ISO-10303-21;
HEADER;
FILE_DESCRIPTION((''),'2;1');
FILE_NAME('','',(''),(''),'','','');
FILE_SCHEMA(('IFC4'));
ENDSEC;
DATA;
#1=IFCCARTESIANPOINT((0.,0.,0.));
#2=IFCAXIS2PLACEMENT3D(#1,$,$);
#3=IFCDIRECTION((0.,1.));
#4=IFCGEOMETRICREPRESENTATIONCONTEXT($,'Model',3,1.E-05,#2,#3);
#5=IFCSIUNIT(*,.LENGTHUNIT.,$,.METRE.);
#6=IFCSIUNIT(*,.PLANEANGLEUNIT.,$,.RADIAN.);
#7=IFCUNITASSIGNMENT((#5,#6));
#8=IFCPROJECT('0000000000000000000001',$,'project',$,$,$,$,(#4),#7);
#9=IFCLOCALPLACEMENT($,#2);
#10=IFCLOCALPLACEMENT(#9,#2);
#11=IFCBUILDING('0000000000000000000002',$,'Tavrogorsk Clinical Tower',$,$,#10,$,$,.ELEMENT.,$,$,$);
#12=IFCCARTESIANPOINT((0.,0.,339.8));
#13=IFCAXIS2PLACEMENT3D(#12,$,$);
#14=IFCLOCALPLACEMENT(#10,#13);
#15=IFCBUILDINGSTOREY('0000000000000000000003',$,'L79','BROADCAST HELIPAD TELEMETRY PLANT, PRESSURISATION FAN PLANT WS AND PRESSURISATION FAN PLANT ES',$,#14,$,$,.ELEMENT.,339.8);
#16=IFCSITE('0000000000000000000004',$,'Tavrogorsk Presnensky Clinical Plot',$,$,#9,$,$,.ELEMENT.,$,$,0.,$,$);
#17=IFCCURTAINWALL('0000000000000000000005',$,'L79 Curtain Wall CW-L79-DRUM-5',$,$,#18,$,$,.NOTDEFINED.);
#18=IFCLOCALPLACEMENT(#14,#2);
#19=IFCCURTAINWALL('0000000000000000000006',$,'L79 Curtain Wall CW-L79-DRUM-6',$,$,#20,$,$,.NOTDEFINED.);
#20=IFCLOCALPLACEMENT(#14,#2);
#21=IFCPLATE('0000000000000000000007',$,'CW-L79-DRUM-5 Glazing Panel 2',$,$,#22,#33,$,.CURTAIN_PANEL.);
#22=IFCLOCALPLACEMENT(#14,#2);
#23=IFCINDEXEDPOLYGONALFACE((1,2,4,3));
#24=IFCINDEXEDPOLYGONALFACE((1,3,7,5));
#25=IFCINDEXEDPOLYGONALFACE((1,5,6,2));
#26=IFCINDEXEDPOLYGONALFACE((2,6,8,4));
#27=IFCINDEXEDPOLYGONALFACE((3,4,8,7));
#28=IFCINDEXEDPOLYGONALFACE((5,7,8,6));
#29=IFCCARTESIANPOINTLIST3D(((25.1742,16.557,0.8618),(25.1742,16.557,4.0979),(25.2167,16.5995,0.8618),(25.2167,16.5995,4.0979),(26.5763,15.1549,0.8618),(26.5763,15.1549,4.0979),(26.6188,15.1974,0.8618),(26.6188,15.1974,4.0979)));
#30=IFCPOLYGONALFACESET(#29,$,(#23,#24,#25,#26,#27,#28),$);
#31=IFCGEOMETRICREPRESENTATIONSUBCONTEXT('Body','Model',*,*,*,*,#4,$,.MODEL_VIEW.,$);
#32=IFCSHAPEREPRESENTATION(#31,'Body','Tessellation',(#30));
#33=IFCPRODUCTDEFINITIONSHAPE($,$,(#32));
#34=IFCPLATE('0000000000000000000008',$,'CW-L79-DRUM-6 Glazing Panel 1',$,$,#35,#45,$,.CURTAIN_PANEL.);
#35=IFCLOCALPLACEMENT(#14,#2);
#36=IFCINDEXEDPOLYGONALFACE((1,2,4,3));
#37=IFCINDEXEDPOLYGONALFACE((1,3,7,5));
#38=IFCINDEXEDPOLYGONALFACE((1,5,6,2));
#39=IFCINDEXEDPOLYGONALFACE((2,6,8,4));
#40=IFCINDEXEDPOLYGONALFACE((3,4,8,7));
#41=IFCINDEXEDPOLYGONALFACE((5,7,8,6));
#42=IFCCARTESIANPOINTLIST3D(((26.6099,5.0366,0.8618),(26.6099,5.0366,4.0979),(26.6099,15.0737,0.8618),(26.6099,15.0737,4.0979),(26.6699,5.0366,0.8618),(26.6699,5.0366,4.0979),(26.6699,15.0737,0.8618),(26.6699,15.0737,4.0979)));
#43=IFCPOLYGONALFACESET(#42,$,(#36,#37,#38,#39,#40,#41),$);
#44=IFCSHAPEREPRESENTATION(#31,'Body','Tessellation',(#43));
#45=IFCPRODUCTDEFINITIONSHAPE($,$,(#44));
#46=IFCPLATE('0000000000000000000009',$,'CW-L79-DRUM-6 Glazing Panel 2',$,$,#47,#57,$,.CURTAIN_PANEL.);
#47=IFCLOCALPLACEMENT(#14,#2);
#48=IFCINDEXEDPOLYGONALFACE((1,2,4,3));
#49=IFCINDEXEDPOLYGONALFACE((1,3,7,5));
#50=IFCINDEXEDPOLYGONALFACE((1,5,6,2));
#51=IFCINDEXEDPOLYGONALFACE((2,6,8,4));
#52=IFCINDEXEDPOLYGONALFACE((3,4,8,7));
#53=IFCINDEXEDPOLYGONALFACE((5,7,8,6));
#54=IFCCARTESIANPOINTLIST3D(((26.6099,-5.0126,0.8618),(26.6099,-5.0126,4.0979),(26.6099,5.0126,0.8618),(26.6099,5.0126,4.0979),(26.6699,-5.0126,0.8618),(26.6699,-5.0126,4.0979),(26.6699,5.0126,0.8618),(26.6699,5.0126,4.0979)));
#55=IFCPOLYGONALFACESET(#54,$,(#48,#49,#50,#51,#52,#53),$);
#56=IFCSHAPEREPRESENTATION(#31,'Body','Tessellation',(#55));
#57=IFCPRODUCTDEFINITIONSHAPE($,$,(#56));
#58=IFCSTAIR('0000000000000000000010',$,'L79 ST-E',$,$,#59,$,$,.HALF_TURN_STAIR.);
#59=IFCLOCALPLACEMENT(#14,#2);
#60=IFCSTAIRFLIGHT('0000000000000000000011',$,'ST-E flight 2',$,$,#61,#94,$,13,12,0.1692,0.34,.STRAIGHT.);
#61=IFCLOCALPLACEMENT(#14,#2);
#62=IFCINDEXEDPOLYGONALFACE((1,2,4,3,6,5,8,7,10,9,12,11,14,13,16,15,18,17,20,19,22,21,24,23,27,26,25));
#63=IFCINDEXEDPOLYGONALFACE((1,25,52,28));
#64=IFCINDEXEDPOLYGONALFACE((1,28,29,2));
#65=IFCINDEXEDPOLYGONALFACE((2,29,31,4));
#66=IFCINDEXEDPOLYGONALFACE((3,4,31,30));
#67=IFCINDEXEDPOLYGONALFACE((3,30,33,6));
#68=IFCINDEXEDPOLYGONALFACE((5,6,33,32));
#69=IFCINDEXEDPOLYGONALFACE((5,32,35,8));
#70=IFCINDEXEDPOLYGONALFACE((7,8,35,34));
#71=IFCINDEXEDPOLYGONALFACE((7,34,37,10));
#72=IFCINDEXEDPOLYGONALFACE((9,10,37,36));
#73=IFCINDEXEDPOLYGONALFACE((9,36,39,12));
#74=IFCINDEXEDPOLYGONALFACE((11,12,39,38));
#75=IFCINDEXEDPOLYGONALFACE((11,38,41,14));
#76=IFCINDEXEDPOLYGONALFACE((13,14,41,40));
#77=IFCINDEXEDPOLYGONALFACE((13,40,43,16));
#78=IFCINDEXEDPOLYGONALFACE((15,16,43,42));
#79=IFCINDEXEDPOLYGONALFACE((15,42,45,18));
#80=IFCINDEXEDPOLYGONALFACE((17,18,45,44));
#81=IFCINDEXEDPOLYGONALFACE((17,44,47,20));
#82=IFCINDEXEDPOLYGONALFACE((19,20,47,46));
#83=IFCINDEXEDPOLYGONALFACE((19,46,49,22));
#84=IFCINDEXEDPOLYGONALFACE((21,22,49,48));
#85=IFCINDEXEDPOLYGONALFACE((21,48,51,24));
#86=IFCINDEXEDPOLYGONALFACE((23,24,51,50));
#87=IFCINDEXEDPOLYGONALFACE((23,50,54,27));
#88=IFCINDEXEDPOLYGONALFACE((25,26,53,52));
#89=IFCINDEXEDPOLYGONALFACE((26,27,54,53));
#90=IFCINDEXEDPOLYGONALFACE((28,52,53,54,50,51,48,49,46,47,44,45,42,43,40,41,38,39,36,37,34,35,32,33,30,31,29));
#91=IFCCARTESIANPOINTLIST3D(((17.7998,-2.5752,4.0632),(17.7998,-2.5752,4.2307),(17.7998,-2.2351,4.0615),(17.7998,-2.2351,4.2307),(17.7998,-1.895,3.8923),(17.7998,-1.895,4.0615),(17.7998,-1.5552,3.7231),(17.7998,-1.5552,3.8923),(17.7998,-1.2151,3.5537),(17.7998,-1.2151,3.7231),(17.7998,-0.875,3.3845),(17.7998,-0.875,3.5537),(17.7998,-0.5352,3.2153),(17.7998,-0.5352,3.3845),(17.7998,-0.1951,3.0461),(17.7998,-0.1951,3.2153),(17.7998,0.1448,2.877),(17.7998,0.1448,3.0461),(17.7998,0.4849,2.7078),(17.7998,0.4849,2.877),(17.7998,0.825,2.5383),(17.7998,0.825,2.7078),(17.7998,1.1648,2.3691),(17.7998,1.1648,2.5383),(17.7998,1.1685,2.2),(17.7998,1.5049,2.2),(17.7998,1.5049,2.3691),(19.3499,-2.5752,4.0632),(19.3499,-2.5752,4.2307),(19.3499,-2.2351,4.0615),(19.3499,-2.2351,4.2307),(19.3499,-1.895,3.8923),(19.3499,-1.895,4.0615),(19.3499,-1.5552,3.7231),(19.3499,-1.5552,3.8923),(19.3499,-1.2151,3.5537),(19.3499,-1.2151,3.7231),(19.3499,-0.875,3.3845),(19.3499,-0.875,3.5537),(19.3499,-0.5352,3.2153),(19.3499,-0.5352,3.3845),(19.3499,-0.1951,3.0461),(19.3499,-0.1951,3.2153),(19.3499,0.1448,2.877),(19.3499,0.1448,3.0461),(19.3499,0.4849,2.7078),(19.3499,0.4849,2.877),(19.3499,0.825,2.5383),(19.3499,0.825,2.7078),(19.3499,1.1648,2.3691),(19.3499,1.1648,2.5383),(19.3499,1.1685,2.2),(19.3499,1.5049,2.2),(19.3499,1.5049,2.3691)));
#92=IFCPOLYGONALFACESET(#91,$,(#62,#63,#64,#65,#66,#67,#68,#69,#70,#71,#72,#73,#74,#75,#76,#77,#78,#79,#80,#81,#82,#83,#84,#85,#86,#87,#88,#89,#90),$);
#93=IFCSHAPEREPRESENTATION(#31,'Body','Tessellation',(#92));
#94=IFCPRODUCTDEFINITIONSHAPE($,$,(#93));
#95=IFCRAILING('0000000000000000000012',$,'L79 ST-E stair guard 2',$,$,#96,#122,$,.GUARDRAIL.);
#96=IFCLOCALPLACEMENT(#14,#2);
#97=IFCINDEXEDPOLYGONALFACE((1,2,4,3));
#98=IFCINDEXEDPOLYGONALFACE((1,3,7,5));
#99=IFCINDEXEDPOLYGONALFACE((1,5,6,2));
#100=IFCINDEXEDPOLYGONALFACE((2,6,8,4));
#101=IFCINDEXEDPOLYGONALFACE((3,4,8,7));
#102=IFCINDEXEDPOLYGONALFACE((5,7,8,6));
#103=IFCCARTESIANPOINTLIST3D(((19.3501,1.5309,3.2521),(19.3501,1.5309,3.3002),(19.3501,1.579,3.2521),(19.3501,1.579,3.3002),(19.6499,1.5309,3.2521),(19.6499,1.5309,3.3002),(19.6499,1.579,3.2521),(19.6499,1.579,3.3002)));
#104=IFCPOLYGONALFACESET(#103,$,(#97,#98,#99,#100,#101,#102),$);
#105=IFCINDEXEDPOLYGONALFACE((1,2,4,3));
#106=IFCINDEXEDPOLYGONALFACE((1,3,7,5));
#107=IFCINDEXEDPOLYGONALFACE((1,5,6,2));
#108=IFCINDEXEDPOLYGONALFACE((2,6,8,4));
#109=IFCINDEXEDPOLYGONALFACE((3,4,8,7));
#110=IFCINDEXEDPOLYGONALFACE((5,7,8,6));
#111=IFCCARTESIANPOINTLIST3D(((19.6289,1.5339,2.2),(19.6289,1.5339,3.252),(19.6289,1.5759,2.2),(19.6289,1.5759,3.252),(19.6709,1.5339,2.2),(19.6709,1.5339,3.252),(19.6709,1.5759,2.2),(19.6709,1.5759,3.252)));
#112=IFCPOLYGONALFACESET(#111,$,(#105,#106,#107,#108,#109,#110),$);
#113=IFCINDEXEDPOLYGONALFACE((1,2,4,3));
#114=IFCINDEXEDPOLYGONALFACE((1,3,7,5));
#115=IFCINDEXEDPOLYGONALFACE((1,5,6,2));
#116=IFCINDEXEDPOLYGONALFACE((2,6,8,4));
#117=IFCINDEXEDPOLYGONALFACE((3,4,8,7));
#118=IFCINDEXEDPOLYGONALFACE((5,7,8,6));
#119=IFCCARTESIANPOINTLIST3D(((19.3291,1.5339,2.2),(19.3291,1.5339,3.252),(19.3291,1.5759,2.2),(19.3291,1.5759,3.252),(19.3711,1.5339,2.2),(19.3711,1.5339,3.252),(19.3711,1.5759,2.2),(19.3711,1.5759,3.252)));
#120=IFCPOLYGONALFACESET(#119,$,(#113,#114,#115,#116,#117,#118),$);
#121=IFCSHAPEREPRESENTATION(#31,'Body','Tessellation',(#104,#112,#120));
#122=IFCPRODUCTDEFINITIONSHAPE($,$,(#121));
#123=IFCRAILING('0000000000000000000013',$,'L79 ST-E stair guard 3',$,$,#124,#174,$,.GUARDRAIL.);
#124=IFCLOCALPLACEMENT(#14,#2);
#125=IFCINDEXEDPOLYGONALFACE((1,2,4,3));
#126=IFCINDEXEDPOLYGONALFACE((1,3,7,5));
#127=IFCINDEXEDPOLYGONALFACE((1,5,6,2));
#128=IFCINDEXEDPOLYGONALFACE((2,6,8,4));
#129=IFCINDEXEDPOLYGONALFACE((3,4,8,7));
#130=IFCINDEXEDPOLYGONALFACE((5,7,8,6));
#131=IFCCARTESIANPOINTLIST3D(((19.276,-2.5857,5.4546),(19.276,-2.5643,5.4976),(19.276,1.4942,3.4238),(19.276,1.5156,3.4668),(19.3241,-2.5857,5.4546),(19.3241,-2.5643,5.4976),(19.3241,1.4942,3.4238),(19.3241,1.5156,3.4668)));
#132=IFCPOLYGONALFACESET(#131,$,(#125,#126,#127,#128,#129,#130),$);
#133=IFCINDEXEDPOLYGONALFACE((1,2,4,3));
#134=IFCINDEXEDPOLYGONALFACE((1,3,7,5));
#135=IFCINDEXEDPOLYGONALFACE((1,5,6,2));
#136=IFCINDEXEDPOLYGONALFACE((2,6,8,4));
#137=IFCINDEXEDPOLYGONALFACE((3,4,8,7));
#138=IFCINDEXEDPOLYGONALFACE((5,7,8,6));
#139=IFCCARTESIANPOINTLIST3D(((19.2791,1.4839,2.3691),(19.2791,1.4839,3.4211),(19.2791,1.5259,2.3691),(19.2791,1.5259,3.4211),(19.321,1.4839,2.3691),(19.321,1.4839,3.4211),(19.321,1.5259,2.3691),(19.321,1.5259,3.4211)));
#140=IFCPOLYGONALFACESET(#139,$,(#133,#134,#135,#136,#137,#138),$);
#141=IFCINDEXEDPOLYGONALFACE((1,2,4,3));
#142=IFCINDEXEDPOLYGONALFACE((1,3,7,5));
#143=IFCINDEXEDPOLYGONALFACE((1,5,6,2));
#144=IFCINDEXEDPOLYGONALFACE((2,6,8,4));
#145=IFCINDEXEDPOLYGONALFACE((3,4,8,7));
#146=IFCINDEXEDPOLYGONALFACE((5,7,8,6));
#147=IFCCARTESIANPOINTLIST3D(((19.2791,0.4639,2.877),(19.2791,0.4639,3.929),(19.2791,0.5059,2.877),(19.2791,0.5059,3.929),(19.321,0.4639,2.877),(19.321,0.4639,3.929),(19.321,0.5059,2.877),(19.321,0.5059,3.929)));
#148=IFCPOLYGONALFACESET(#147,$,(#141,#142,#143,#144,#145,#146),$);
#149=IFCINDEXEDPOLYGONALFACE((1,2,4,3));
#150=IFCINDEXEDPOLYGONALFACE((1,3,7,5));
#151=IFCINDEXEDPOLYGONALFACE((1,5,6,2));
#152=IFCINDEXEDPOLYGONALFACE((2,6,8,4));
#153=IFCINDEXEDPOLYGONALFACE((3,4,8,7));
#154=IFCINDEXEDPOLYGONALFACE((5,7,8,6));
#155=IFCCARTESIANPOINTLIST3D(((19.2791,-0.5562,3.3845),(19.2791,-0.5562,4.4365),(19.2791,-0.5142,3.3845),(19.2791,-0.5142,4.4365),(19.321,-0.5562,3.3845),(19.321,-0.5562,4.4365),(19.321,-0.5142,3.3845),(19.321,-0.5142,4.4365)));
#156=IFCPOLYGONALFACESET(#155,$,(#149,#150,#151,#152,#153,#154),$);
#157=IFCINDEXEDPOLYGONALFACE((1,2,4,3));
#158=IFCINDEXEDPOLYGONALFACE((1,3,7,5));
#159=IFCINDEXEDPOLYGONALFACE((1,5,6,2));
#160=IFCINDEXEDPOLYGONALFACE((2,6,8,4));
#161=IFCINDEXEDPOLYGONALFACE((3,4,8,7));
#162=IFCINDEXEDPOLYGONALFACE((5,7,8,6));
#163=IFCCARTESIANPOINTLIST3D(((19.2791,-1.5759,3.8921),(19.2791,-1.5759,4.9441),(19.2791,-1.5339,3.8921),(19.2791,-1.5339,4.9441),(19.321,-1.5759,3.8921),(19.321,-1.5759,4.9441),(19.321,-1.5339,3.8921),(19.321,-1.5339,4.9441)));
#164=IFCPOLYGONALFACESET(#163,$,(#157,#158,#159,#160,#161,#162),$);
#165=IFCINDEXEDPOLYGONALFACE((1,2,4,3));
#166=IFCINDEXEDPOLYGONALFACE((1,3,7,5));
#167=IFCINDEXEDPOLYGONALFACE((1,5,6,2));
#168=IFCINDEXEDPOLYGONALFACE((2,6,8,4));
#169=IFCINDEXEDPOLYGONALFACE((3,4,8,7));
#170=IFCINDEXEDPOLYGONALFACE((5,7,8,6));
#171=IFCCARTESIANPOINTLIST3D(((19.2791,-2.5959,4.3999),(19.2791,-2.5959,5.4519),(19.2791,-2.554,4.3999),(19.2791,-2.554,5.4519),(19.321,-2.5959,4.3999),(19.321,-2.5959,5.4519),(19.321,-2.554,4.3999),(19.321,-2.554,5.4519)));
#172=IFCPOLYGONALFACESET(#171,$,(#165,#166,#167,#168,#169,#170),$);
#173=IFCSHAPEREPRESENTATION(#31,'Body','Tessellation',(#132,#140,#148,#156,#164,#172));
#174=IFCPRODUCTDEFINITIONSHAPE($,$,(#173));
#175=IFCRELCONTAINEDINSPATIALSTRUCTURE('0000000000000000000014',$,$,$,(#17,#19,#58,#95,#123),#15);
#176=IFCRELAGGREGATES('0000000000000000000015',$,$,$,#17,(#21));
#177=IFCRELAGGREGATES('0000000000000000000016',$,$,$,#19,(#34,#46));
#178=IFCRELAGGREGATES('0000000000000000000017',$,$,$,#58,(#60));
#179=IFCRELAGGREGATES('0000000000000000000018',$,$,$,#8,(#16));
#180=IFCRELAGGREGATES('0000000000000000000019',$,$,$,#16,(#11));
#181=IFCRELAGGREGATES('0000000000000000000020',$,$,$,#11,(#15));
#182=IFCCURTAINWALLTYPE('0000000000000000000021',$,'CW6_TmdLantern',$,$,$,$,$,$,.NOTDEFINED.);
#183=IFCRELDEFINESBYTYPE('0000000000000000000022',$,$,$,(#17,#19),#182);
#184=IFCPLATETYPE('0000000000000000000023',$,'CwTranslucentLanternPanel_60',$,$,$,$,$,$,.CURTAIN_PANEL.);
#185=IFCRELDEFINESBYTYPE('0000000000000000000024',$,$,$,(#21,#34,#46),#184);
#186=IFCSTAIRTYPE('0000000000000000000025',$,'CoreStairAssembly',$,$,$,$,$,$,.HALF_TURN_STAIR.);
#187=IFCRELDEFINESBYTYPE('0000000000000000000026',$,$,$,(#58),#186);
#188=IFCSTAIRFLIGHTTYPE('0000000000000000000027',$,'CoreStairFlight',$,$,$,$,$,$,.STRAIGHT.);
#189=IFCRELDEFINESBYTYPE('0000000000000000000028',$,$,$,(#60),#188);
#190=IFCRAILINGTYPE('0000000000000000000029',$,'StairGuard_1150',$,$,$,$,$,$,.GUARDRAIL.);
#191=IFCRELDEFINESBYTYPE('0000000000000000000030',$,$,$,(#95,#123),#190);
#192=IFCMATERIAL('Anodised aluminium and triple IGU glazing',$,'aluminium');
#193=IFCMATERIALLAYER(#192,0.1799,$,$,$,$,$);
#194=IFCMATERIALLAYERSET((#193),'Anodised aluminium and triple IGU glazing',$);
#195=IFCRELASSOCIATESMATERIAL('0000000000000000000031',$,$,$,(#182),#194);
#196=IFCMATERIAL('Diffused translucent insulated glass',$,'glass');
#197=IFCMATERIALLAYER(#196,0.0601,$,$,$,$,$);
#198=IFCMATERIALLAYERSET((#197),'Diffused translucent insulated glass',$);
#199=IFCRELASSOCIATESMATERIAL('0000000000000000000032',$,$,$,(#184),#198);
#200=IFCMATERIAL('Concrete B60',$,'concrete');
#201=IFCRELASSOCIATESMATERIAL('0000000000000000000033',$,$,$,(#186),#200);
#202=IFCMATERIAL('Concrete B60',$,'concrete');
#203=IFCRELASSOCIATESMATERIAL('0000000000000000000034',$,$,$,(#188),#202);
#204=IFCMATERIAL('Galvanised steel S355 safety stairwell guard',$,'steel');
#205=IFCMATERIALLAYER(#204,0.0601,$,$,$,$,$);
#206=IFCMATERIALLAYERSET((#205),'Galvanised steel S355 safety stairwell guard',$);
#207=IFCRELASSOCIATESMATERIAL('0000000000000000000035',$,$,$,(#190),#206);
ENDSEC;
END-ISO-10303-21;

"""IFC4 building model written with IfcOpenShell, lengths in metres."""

from ifc_helpers import new_model, si_unit, direction, frame, origin, origin_2d, place, context, subcontext, project, spatial, polyline, rectangle, outline, extrude, material, layer, layer_set, type_object, element, aggregate, save


model = new_model("IFC4")

# Units and contexts
model_context = context("Model", 3, precision=1e-05, world=origin(), true_north=direction((0.0, 1.0)))
body_context = subcontext(model_context, "Body", "Model", "MODEL_VIEW")
ifc_project = project(units=[si_unit("LENGTHUNIT", "METRE"), si_unit("PLANEANGLEUNIT", "RADIAN")], contexts=[model_context])

# Site, building, storey
site_placement = place(None, origin())
site = spatial("IfcSite", under=ifc_project, at=site_placement, Name="Tavrogorsk Presnensky Clinical Plot", CompositionType="ELEMENT", RefElevation=0.0)
building_placement = place(site_placement, origin())
building = spatial("IfcBuilding", under=site, at=building_placement, Name="Tavrogorsk Clinical Tower", CompositionType="ELEMENT")
storey_placement = place(building_placement, frame((0.0, 0.0, 339.8)))
storey = spatial("IfcBuildingStorey", under=building, at=storey_placement, Name="L79", Description="BROADCAST HELIPAD TELEMETRY PLANT, PRESSURISATION FAN PLANT WS AND PRESSURISATION FAN PLANT ES", CompositionType="ELEMENT", Elevation=339.8)

# Shared definitions
ifc_material_1 = material(Name="Anodised aluminium and triple IGU glazing", Category="aluminium")
ifc_layer_1 = layer(ifc_material_1, 0.1799)
ifc_layer_set_1 = layer_set([ifc_layer_1], Name="Anodised aluminium and triple IGU glazing")
curtain_wall_type = type_object("IfcCurtainWallType", Name="CW6_TmdLantern", PredefinedType="NOTDEFINED", material=ifc_layer_set_1)

# Curtain walls
curtain_wall_1_placement = place(storey_placement, origin())
curtain_wall_1 = element("IfcCurtainWall", 1, at=curtain_wall_1_placement, inside=storey, type_object=curtain_wall_type, Name="L79 Curtain Wall CW-L79-DRUM-5", PredefinedType="NOTDEFINED")
curtain_wall_2_placement = place(storey_placement, origin())
curtain_wall_2 = element("IfcCurtainWall", 2, at=curtain_wall_2_placement, inside=storey, type_object=curtain_wall_type, Name="L79 Curtain Wall CW-L79-DRUM-6", PredefinedType="NOTDEFINED")

# Plates
ifc_material_2 = material(Name="Diffused translucent insulated glass", Category="glass")
ifc_layer_2 = layer(ifc_material_2, 0.0601)
ifc_layer_set_2 = layer_set([ifc_layer_2], Name="Diffused translucent insulated glass")
plate_type_1 = type_object("IfcPlateType", Name="CwTranslucentLanternPanel_60", PredefinedType="CURTAIN_PANEL", material=ifc_layer_set_2)
plate_1_placement = place(storey_placement, frame((25.8965, 15.8772, 0.8618), z_axis=(0.0, 0.0, 1.0), x_axis=(0.707107, -0.707107, 0.0)))
plate_1 = element("IfcPlate", 3, at=plate_1_placement, type_object=plate_type_1, Name="CW-L79-DRUM-5 Glazing Panel 2", PredefinedType="CURTAIN_PANEL", context=body_context, shape_type="SweptSolid", body=[
    extrude(rectangle(XDim=1.9829, YDim=0.0601, at=origin_2d()), origin(), (0.0, 0.0, 1.0), 3.2361),
])
aggregate(curtain_wall_1, [plate_1])
plate_2_placement = place(storey_placement, frame((26.6399, 10.0552, 0.8618), z_axis=(0.0, 0.0, 1.0), x_axis=(0.0, -1.0, 0.0)))
plate_2 = element("IfcPlate", 4, at=plate_2_placement, type_object=plate_type_1, Name="CW-L79-DRUM-6 Glazing Panel 1", PredefinedType="CURTAIN_PANEL", context=body_context, shape_type="SweptSolid", body=[
    extrude(rectangle(XDim=10.0371, YDim=0.0601, at=origin_2d()), origin(), (0.0, 0.0, 1.0), 3.2361),
])
plate_3_placement = place(storey_placement, frame((26.6399, 0.0, 0.8618), z_axis=(0.0, 0.0, 1.0), x_axis=(0.0, -1.0, 0.0)))
plate_3 = element("IfcPlate", 5, at=plate_3_placement, type_object=plate_type_1, Name="CW-L79-DRUM-6 Glazing Panel 2", PredefinedType="CURTAIN_PANEL", context=body_context, shape_type="SweptSolid", body=[
    extrude(rectangle(XDim=10.0251, YDim=0.0601, at=origin_2d()), origin(), (0.0, 0.0, 1.0), 3.2361),
])
aggregate(curtain_wall_2, [plate_2, plate_3])

# Stair, stair flight
ifc_material_3 = material(Name="Concrete B60", Category="concrete")
stair_type = type_object("IfcStairType", Name="CoreStairAssembly", PredefinedType="HALF_TURN_STAIR", material=ifc_material_3)
stair_placement = place(storey_placement, origin())
stair = element("IfcStair", 6, at=stair_placement, inside=storey, type_object=stair_type, Name="L79 ST-E", PredefinedType="HALF_TURN_STAIR")
ifc_material_4 = material(Name="Concrete B60", Category="concrete")
stair_flight_type = type_object("IfcStairFlightType", Name="CoreStairFlight", PredefinedType="STRAIGHT", material=ifc_material_4)
stair_flight_placement = place(storey_placement, frame((18.575, 1.5049, 2.2), z_axis=(0.0, 0.0, 1.0), x_axis=(0.0, -1.0, 0.0)))
stair_flight = element("IfcStairFlight", 7, at=stair_flight_placement, type_object=stair_flight_type, Name="ST-E flight 2", NumberOfRisers=13, NumberOfTreads=12, PredefinedType="STRAIGHT", RiserHeight=0.1692, TreadLength=0.34, context=body_context, shape_type="SweptSolid", body=[
    extrude(outline(polyline([(0.0, 0.0), (0.0, 0.1692), (0.3401, 0.1692), (0.3401, 0.3384), (0.6799, 0.3384), (0.6799, 0.5078), (1.02, 0.5078), (1.02, 0.677), (1.3601, 0.677), (1.3601, 0.8462), (1.7, 0.8462), (1.7, 1.0154), (2.04, 1.0154), (2.04, 1.1846), (2.3799, 1.1846), (2.3799, 1.3538), (2.72, 1.3538), (2.72, 1.5232), (3.0601, 1.5232), (3.0601, 1.6924), (3.3999, 1.6924), (3.3999, 1.8616), (3.74, 1.8616), (3.74, 2.0308), (4.0801, 2.0308), (4.0801, 2.2), (4.0801, 1.8633), (0.3364, 0.0), (0.0, 0.0)])), frame((0.0, 0.7749, 0.0), z_axis=(0.0, -1.0, 0.0), x_axis=(1.0, 0.0, 0.0)), (0.0, 0.0, 1.0), 1.55),
])
aggregate(stair, [stair_flight])

# Railings
ifc_material_5 = material(Name="Galvanised steel S355 safety stairwell guard", Category="steel")
ifc_layer_3 = layer(ifc_material_5, 0.0601)
ifc_layer_set_3 = layer_set([ifc_layer_3], Name="Galvanised steel S355 safety stairwell guard")
railing_type_1 = type_object("IfcRailingType", Name="StairGuard_1150", PredefinedType="GUARDRAIL", material=ifc_layer_set_3)
railing_1_placement = place(storey_placement, frame((19.6499, 1.5549, 2.2)))
element("IfcRailing", 8, at=railing_1_placement, inside=storey, type_object=railing_type_1, Name="L79 ST-E stair guard 2", PredefinedType="GUARDRAIL", context=body_context, shape_type="SweptSolid", body=[
    extrude(rectangle(XDim=0.0481, YDim=0.0481, at=origin_2d()), frame((0.0, 0.0, 1.0762), z_axis=(-1.0, 0.0, 0.0), x_axis=(0.0, -1.0, 0.0)), (0.0, 0.0, 1.0), 0.2998),
    extrude(rectangle(XDim=0.042, YDim=0.042, at=origin_2d()), origin(), (0.0, 0.0, 1.0), 1.052),
    extrude(rectangle(XDim=0.042, YDim=0.042, at=origin_2d()), frame((-0.2998, 0.0, 0.0)), (0.0, 0.0, 1.0), 1.052),
])
railing_2_placement = place(storey_placement, frame((19.3, 1.5049, 2.3691)))
element("IfcRailing", 9, at=railing_2_placement, inside=storey, type_object=railing_type_1, Name="L79 ST-E stair guard 3", PredefinedType="GUARDRAIL", context=body_context, shape_type="SweptSolid", body=[
    extrude(rectangle(XDim=0.0481, YDim=0.0481, at=origin_2d()), frame((0.0, 0.0, 1.0762), z_axis=(0.0, -0.895229, 0.445606), x_axis=(1.0, 0.0, 0.0)), (0.0, 0.0, 1.0), 4.5574),
    extrude(rectangle(XDim=0.042, YDim=0.042, at=origin_2d()), origin(), (0.0, 0.0, 1.0), 1.052),
    extrude(rectangle(XDim=0.042, YDim=0.042, at=origin_2d()), frame((0.0, -1.02, 0.5078)), (0.0, 0.0, 1.0), 1.052),
    extrude(rectangle(XDim=0.042, YDim=0.042, at=origin_2d()), frame((0.0, -2.04, 1.0154)), (0.0, 0.0, 1.0), 1.052),
    extrude(rectangle(XDim=0.042, YDim=0.042, at=origin_2d()), frame((0.0, -3.0598, 1.5229)), (0.0, 0.0, 1.0), 1.052),
    extrude(rectangle(XDim=0.042, YDim=0.042, at=origin_2d()), frame((0.0, -4.0798, 2.0308)), (0.0, 0.0, 1.0), 1.052),
])

save(model, "model.ifc")
